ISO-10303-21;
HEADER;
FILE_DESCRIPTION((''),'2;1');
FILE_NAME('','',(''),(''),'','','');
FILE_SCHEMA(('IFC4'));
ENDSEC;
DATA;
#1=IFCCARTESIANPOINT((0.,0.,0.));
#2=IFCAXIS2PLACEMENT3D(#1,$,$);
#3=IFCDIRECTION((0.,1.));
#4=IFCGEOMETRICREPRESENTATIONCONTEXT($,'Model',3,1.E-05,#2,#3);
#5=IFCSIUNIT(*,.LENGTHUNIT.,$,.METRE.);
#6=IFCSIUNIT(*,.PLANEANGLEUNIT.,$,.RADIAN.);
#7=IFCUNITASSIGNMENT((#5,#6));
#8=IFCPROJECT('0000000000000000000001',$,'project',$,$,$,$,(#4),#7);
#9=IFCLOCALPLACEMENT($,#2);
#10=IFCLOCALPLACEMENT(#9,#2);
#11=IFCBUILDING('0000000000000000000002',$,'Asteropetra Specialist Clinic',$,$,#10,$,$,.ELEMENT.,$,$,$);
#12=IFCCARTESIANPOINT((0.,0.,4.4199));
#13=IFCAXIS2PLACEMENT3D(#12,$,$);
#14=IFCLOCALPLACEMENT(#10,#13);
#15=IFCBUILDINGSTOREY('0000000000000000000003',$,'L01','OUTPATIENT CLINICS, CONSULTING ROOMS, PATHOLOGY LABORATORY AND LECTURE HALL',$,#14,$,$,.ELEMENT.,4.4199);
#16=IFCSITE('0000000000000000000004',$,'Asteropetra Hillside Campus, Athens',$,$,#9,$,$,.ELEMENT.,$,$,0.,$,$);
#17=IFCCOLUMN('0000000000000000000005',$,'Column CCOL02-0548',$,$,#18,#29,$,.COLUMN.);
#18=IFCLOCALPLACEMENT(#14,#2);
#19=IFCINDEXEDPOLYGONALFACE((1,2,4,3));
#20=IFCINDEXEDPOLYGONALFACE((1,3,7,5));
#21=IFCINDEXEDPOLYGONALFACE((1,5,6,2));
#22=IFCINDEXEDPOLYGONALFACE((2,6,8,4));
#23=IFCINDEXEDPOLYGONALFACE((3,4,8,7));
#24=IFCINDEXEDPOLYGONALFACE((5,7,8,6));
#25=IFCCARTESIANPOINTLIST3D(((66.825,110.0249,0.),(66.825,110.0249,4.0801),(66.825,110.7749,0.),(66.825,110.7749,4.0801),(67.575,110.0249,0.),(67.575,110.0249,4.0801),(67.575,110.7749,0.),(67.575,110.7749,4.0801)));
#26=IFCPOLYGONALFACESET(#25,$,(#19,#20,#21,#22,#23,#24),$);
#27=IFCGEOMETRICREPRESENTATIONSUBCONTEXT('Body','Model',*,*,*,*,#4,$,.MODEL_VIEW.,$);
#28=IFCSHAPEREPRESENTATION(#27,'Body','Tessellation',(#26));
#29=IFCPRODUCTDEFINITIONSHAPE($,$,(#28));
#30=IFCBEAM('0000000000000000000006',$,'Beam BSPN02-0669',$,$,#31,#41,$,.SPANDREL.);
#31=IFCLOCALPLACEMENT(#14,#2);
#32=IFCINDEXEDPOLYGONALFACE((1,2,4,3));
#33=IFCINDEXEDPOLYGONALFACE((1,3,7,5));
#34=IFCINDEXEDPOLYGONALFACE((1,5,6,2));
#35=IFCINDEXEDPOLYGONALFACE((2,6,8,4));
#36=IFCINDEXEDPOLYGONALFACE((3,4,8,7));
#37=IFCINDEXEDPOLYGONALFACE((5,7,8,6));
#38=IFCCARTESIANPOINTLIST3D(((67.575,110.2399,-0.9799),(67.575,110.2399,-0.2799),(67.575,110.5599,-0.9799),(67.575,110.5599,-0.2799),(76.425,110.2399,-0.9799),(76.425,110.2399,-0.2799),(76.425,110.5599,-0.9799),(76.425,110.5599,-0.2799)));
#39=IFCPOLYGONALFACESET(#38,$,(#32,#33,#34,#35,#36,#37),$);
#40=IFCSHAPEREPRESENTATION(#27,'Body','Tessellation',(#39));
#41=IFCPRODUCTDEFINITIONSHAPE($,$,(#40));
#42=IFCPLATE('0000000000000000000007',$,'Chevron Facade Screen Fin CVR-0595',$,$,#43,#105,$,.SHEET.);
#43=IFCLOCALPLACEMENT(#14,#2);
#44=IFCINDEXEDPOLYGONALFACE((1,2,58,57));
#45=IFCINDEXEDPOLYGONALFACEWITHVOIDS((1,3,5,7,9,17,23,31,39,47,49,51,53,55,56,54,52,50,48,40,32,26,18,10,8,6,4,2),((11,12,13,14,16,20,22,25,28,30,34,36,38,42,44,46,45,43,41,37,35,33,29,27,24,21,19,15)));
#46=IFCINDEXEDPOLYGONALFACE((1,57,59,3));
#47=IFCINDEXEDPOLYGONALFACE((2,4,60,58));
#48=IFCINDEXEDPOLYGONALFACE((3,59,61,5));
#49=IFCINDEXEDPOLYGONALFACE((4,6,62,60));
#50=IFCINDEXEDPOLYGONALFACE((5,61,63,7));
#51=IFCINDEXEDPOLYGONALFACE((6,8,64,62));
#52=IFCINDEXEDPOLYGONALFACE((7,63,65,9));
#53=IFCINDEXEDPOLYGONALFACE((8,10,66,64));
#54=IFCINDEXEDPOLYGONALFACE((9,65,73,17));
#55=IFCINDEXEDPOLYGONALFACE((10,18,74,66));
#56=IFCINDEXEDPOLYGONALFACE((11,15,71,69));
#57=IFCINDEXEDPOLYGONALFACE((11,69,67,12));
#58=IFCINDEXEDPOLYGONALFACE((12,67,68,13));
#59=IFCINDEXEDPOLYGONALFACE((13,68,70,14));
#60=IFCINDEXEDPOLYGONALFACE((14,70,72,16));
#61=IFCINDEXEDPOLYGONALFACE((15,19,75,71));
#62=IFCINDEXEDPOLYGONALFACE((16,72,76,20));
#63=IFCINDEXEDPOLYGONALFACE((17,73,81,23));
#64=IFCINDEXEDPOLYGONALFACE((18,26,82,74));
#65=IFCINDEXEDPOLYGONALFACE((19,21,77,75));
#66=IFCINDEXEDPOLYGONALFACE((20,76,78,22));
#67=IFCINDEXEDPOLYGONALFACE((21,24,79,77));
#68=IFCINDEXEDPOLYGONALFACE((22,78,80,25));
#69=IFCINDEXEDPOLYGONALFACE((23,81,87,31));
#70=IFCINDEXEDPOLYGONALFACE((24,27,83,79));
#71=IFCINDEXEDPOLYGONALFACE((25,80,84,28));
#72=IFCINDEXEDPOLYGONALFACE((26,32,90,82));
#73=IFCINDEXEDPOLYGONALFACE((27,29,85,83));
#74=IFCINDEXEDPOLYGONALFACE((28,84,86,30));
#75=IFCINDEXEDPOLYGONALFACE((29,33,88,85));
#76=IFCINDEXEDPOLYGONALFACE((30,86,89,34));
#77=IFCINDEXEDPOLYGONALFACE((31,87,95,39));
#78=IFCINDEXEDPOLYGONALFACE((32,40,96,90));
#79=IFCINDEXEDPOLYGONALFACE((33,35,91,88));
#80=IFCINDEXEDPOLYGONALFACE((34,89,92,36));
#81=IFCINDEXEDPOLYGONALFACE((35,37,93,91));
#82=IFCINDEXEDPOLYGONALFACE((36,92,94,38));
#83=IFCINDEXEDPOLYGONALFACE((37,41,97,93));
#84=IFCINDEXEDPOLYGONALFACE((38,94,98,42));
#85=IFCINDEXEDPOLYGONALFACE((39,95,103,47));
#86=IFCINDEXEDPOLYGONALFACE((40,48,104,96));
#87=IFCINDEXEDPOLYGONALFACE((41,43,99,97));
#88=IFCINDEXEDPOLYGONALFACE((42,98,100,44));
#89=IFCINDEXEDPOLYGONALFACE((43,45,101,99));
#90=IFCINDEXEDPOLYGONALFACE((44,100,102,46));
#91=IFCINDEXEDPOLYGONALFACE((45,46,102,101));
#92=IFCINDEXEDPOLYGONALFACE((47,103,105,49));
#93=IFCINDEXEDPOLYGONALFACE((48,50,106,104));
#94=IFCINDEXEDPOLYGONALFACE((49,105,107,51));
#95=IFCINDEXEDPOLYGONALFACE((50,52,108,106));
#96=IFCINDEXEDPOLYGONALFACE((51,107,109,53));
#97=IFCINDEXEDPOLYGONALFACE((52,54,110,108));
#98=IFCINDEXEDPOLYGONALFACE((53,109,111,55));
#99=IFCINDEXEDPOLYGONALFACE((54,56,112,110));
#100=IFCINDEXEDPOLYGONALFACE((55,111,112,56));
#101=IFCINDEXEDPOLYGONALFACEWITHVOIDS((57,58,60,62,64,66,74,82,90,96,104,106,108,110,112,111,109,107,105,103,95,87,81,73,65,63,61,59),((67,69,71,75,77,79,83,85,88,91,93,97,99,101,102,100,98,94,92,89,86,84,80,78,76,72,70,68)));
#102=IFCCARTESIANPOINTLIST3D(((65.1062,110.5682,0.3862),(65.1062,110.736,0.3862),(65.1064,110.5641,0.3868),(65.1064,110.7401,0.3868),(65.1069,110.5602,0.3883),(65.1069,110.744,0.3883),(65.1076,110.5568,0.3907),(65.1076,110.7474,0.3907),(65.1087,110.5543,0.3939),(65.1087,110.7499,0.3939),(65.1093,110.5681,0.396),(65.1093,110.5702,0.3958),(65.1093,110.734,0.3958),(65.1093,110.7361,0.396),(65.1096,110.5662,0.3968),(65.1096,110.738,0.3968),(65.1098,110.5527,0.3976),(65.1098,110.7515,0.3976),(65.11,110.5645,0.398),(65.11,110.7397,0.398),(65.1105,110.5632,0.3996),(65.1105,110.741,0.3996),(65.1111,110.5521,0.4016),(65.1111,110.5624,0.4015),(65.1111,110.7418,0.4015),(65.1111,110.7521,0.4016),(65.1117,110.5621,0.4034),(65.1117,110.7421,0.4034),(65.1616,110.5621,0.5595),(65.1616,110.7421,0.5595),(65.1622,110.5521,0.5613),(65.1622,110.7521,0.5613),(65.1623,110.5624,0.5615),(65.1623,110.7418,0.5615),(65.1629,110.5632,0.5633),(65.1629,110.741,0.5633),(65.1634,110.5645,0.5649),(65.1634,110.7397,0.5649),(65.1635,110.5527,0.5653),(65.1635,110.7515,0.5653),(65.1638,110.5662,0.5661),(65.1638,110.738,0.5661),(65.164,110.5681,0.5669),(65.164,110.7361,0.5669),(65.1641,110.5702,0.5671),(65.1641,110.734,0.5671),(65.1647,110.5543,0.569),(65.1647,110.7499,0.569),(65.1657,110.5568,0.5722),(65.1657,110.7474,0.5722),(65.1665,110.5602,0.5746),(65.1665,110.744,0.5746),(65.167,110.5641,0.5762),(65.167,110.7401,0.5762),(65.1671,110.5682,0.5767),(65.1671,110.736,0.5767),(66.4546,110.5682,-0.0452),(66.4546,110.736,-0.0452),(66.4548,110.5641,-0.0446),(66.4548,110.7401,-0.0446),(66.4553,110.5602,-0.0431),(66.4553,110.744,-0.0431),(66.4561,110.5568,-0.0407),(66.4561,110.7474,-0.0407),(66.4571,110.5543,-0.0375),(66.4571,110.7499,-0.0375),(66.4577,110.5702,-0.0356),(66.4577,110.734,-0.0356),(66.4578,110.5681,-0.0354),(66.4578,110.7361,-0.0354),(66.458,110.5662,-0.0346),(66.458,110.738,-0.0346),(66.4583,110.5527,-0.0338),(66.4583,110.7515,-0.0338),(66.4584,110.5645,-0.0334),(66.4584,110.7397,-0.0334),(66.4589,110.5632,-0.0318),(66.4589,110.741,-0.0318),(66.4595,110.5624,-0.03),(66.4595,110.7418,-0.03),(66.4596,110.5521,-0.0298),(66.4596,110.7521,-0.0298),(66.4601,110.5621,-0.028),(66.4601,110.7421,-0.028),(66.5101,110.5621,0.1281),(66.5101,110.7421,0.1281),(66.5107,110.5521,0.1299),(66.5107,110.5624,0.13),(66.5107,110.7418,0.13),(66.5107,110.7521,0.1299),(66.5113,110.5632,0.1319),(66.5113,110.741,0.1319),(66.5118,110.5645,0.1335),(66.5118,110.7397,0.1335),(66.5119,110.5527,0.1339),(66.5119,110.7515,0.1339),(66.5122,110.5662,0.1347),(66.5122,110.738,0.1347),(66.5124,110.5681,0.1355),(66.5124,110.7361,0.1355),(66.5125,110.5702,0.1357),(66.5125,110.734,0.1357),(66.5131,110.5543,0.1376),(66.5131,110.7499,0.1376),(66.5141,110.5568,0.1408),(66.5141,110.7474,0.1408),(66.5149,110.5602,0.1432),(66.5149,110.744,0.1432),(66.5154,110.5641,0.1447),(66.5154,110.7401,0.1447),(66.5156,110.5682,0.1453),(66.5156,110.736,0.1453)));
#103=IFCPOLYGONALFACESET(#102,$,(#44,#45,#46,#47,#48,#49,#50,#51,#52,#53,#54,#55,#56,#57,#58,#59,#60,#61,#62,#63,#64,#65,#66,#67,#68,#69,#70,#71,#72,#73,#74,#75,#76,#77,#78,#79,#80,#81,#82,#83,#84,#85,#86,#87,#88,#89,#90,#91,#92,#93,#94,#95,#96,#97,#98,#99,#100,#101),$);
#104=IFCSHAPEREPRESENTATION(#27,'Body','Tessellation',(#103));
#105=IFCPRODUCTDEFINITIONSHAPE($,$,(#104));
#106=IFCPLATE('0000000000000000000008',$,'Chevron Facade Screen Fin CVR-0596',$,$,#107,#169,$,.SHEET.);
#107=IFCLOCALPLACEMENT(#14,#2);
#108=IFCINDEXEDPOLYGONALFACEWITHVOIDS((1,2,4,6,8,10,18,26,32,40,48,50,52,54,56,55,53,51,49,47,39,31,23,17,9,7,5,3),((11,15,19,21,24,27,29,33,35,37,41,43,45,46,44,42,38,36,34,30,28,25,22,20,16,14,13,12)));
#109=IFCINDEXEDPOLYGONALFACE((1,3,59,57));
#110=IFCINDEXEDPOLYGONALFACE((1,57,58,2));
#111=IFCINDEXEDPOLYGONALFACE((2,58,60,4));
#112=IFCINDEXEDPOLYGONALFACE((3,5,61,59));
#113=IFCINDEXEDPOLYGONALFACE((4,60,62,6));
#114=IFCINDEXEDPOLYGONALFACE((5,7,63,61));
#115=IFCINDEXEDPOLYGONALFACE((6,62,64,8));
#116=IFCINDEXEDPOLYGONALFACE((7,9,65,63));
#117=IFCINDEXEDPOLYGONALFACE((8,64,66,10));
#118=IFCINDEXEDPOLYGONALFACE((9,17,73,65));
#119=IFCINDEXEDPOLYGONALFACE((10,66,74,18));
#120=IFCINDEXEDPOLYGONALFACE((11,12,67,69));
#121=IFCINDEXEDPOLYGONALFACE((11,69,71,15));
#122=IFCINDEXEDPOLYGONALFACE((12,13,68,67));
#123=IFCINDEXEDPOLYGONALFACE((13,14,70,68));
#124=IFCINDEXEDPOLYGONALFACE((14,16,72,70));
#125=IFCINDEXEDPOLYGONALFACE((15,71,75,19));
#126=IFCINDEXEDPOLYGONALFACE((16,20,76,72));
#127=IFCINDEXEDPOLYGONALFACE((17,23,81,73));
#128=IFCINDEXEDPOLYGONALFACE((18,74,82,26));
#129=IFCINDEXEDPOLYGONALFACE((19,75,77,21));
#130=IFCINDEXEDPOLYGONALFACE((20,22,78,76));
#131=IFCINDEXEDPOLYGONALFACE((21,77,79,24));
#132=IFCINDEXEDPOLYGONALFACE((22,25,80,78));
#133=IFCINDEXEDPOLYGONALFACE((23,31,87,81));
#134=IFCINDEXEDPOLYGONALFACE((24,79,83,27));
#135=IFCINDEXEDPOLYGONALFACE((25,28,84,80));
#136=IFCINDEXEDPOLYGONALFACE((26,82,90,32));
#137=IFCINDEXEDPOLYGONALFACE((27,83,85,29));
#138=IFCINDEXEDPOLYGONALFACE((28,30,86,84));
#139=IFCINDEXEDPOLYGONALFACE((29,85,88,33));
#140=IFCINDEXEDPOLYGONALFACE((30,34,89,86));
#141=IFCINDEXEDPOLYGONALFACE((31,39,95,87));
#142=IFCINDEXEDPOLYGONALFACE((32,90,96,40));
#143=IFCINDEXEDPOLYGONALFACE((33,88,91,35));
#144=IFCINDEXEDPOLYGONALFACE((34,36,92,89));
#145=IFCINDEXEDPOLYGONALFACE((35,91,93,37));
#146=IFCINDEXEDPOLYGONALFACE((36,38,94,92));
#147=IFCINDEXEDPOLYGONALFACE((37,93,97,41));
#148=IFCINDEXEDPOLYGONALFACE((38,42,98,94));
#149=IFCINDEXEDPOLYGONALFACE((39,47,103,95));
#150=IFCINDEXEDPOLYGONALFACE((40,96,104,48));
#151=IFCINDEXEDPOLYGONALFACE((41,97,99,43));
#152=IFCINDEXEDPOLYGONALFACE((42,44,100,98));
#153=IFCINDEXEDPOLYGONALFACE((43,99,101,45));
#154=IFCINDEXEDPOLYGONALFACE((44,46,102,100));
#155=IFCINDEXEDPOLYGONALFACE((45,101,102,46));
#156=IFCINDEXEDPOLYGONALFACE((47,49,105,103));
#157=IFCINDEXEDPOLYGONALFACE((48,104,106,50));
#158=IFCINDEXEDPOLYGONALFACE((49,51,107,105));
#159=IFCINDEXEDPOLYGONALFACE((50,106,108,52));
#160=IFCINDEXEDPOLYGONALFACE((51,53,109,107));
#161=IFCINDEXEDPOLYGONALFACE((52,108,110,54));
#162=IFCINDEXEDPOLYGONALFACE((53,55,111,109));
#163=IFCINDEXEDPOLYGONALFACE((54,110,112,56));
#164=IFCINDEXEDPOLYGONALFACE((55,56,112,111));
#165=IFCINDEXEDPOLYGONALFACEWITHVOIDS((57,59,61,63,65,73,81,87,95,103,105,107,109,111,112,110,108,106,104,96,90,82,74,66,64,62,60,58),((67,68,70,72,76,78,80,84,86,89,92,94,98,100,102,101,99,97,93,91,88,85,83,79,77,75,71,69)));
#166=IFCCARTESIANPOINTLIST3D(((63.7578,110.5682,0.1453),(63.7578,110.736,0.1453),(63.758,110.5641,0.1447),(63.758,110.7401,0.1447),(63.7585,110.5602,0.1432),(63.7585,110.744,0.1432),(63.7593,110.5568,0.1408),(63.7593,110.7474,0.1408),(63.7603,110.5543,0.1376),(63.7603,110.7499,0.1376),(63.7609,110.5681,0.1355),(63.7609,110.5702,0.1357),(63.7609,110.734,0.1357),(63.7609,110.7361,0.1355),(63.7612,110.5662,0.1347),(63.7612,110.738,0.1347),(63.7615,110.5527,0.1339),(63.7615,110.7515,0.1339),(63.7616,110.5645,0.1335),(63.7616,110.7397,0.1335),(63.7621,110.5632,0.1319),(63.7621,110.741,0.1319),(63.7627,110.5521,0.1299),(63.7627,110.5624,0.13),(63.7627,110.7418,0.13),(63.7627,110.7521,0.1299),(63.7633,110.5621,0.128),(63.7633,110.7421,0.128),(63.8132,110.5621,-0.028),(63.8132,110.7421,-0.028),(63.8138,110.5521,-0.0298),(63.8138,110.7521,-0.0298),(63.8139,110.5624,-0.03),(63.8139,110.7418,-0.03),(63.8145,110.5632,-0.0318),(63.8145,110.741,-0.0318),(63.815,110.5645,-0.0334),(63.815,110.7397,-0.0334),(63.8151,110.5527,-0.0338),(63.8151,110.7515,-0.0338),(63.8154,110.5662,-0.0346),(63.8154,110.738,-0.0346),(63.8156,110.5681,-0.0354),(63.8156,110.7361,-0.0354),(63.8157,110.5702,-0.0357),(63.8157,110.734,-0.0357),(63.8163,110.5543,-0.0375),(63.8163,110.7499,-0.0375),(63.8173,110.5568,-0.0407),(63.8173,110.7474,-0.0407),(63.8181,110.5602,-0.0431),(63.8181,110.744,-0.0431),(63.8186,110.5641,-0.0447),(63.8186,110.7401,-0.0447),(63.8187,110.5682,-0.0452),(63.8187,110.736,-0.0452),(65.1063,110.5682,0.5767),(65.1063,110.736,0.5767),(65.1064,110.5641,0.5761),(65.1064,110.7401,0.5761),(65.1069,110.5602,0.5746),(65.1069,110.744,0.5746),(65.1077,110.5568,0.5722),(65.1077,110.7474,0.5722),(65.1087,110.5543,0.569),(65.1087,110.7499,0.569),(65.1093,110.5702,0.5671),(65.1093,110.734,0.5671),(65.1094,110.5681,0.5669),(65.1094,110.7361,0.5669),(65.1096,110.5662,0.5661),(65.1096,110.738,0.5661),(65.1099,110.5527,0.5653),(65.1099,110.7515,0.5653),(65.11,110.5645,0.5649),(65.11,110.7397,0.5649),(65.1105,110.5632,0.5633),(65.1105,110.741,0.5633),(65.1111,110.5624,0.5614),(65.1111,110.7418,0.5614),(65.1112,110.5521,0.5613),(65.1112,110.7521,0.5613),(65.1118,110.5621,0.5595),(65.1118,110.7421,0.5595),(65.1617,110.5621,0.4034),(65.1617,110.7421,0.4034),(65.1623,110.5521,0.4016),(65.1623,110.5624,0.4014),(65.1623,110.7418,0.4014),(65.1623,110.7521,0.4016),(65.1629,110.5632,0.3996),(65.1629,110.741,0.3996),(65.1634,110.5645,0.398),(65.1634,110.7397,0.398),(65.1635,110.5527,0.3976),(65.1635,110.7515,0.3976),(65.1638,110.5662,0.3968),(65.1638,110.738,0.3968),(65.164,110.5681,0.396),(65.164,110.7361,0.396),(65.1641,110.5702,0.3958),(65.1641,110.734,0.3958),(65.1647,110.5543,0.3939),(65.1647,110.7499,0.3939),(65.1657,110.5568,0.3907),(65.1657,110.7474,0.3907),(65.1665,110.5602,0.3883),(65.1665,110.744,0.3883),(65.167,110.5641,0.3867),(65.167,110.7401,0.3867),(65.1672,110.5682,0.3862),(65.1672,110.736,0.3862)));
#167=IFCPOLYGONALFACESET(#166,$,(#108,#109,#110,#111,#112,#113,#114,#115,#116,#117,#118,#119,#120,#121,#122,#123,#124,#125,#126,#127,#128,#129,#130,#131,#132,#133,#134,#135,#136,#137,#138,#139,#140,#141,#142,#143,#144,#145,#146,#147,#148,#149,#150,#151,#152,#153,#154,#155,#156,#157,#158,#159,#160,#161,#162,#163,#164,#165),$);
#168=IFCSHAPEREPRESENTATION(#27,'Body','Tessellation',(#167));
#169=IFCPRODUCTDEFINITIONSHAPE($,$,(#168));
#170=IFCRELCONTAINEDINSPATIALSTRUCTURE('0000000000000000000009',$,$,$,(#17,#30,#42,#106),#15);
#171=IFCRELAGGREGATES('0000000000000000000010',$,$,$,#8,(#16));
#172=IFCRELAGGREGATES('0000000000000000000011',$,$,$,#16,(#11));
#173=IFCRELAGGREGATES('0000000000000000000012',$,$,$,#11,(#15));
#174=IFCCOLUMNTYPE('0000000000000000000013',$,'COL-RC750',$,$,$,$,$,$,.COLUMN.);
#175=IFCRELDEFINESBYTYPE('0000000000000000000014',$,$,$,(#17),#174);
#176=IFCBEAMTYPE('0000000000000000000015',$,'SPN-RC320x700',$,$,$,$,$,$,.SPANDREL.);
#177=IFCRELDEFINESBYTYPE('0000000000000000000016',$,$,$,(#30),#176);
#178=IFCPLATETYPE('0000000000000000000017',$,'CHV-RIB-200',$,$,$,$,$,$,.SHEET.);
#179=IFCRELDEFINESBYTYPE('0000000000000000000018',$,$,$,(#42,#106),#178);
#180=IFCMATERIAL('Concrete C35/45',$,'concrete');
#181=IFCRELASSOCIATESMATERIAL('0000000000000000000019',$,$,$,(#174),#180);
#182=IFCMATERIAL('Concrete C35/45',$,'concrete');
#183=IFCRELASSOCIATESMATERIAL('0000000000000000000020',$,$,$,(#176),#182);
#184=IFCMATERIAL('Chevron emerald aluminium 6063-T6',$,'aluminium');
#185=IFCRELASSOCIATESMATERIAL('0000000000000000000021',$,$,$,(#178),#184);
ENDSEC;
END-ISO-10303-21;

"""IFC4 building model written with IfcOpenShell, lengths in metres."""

from ifc_helpers import new_model, si_unit, direction, frame, origin, origin_2d, place, context, subcontext, project, spatial, rectangle, hollow_rectangle, extrude, material, material_profile, profile_set, type_object, element, save


model = new_model("IFC4")

# Units and contexts
model_context = context("Model", 3, precision=1e-05, world=origin(), true_north=direction((0.0, 1.0)))
body_context = subcontext(model_context, "Body", "Model", "MODEL_VIEW")
ifc_project = project(units=[si_unit("LENGTHUNIT", "METRE"), si_unit("PLANEANGLEUNIT", "RADIAN")], contexts=[model_context])

# Site, building, storey
site_placement = place(None, origin())
site = spatial("IfcSite", under=ifc_project, at=site_placement, Name="Asteropetra Hillside Campus, Athens", CompositionType="ELEMENT", RefElevation=0.0)
building_placement = place(site_placement, origin())
building = spatial("IfcBuilding", under=site, at=building_placement, Name="Asteropetra Specialist Clinic", CompositionType="ELEMENT")
storey_placement = place(building_placement, frame((0.0, 0.0, 4.4199)))
storey = spatial("IfcBuildingStorey", under=building, at=storey_placement, Name="L01", Description="OUTPATIENT CLINICS, CONSULTING ROOMS, PATHOLOGY LABORATORY AND LECTURE HALL", CompositionType="ELEMENT", Elevation=4.4199)

# Column
ifc_material_1 = material(Name="Concrete C35/45", Category="concrete")
ifc_material_profile_1 = material_profile(ifc_material_1, rectangle(XDim=0.75, YDim=0.75, at=origin_2d()), Name="RC 750x750")
ifc_profile_set_1 = profile_set([ifc_material_profile_1], Name="Concrete C35/45")
column_type = type_object("IfcColumnType", Name="COL-RC750", PredefinedType="COLUMN", material=ifc_profile_set_1)
column_placement = place(storey_placement, frame((67.2, 110.3999, 0.0), z_axis=(0.0, 0.0, 1.0), x_axis=(1.0, 0.0, 0.0)))
element("IfcColumn", 1, at=column_placement, inside=storey, type_object=column_type, Name="Column CCOL02-0548", PredefinedType="COLUMN", context=body_context, shape_type="SweptSolid", body=[
    extrude(rectangle(XDim=0.75, YDim=0.75, at=origin_2d()), origin(), (0.0, 0.0, 1.0), 4.0801),
])

# Beam
ifc_material_2 = material(Name="Concrete C35/45", Category="concrete")
ifc_material_profile_2 = material_profile(ifc_material_2, rectangle(XDim=0.3201, YDim=0.7, at=origin_2d()), Name="RCS 320x700")
ifc_profile_set_2 = profile_set([ifc_material_profile_2], Name="Concrete C35/45")
beam_type = type_object("IfcBeamType", Name="SPN-RC320x700", PredefinedType="SPANDREL", material=ifc_profile_set_2)
beam_placement = place(storey_placement, frame((67.575, 110.3999, -0.6299), z_axis=(1.0, 0.0, 0.0), x_axis=(0.0, 1.0, 0.0)))
element("IfcBeam", 2, at=beam_placement, inside=storey, type_object=beam_type, Name="Beam BSPN02-0669", PredefinedType="SPANDREL", context=body_context, shape_type="SweptSolid", body=[
    extrude(rectangle(XDim=0.3201, YDim=0.7, at=origin_2d()), origin(), (0.0, 0.0, 1.0), 8.8501),
])

# Plates
ifc_material_3 = material(Name="Chevron emerald aluminium 6063-T6", Category="aluminium")
ifc_material_profile_3 = material_profile(ifc_material_3, hollow_rectangle(XDim=0.2, YDim=0.2, WallThickness=0.01, InnerFilletRadius=0.0081, OuterFilletRadius=0.0161, at=origin_2d()), Name="SHS 200x200x10.0")
ifc_profile_set_3 = profile_set([ifc_material_profile_3], Name="Chevron emerald aluminium 6063-T6")
plate_type_1 = type_object("IfcPlateType", Name="CHV-RIB-200", PredefinedType="SHEET", material=ifc_profile_set_3)
for number, where, z_axis, x_axis, name in (
    (3, (66.4851, 110.6521, 0.05), (-0.952442, 0.0, 0.304719), (0.0, -1.0, 0.0), "Chevron Facade Screen Fin CVR-0595"),
    (4, (65.1367, 110.6521, 0.4814), (-0.952442, 0.0, -0.304719), (0.0, -1.0, 0.0), "Chevron Facade Screen Fin CVR-0596"),
):
    element("IfcPlate", number, at=place(storey_placement, frame(where, z_axis=z_axis, x_axis=x_axis)), inside=storey, type_object=plate_type_1, Name=name, PredefinedType="SHEET", context=body_context, shape_type="SweptSolid", body=[
        extrude(hollow_rectangle(XDim=0.2, YDim=0.2, WallThickness=0.01, InnerFilletRadius=0.0081, OuterFilletRadius=0.0161, at=origin_2d()), origin(), (0.0, 0.0, 1.0), 1.4158),
    ])

save(model, "model.ifc")
